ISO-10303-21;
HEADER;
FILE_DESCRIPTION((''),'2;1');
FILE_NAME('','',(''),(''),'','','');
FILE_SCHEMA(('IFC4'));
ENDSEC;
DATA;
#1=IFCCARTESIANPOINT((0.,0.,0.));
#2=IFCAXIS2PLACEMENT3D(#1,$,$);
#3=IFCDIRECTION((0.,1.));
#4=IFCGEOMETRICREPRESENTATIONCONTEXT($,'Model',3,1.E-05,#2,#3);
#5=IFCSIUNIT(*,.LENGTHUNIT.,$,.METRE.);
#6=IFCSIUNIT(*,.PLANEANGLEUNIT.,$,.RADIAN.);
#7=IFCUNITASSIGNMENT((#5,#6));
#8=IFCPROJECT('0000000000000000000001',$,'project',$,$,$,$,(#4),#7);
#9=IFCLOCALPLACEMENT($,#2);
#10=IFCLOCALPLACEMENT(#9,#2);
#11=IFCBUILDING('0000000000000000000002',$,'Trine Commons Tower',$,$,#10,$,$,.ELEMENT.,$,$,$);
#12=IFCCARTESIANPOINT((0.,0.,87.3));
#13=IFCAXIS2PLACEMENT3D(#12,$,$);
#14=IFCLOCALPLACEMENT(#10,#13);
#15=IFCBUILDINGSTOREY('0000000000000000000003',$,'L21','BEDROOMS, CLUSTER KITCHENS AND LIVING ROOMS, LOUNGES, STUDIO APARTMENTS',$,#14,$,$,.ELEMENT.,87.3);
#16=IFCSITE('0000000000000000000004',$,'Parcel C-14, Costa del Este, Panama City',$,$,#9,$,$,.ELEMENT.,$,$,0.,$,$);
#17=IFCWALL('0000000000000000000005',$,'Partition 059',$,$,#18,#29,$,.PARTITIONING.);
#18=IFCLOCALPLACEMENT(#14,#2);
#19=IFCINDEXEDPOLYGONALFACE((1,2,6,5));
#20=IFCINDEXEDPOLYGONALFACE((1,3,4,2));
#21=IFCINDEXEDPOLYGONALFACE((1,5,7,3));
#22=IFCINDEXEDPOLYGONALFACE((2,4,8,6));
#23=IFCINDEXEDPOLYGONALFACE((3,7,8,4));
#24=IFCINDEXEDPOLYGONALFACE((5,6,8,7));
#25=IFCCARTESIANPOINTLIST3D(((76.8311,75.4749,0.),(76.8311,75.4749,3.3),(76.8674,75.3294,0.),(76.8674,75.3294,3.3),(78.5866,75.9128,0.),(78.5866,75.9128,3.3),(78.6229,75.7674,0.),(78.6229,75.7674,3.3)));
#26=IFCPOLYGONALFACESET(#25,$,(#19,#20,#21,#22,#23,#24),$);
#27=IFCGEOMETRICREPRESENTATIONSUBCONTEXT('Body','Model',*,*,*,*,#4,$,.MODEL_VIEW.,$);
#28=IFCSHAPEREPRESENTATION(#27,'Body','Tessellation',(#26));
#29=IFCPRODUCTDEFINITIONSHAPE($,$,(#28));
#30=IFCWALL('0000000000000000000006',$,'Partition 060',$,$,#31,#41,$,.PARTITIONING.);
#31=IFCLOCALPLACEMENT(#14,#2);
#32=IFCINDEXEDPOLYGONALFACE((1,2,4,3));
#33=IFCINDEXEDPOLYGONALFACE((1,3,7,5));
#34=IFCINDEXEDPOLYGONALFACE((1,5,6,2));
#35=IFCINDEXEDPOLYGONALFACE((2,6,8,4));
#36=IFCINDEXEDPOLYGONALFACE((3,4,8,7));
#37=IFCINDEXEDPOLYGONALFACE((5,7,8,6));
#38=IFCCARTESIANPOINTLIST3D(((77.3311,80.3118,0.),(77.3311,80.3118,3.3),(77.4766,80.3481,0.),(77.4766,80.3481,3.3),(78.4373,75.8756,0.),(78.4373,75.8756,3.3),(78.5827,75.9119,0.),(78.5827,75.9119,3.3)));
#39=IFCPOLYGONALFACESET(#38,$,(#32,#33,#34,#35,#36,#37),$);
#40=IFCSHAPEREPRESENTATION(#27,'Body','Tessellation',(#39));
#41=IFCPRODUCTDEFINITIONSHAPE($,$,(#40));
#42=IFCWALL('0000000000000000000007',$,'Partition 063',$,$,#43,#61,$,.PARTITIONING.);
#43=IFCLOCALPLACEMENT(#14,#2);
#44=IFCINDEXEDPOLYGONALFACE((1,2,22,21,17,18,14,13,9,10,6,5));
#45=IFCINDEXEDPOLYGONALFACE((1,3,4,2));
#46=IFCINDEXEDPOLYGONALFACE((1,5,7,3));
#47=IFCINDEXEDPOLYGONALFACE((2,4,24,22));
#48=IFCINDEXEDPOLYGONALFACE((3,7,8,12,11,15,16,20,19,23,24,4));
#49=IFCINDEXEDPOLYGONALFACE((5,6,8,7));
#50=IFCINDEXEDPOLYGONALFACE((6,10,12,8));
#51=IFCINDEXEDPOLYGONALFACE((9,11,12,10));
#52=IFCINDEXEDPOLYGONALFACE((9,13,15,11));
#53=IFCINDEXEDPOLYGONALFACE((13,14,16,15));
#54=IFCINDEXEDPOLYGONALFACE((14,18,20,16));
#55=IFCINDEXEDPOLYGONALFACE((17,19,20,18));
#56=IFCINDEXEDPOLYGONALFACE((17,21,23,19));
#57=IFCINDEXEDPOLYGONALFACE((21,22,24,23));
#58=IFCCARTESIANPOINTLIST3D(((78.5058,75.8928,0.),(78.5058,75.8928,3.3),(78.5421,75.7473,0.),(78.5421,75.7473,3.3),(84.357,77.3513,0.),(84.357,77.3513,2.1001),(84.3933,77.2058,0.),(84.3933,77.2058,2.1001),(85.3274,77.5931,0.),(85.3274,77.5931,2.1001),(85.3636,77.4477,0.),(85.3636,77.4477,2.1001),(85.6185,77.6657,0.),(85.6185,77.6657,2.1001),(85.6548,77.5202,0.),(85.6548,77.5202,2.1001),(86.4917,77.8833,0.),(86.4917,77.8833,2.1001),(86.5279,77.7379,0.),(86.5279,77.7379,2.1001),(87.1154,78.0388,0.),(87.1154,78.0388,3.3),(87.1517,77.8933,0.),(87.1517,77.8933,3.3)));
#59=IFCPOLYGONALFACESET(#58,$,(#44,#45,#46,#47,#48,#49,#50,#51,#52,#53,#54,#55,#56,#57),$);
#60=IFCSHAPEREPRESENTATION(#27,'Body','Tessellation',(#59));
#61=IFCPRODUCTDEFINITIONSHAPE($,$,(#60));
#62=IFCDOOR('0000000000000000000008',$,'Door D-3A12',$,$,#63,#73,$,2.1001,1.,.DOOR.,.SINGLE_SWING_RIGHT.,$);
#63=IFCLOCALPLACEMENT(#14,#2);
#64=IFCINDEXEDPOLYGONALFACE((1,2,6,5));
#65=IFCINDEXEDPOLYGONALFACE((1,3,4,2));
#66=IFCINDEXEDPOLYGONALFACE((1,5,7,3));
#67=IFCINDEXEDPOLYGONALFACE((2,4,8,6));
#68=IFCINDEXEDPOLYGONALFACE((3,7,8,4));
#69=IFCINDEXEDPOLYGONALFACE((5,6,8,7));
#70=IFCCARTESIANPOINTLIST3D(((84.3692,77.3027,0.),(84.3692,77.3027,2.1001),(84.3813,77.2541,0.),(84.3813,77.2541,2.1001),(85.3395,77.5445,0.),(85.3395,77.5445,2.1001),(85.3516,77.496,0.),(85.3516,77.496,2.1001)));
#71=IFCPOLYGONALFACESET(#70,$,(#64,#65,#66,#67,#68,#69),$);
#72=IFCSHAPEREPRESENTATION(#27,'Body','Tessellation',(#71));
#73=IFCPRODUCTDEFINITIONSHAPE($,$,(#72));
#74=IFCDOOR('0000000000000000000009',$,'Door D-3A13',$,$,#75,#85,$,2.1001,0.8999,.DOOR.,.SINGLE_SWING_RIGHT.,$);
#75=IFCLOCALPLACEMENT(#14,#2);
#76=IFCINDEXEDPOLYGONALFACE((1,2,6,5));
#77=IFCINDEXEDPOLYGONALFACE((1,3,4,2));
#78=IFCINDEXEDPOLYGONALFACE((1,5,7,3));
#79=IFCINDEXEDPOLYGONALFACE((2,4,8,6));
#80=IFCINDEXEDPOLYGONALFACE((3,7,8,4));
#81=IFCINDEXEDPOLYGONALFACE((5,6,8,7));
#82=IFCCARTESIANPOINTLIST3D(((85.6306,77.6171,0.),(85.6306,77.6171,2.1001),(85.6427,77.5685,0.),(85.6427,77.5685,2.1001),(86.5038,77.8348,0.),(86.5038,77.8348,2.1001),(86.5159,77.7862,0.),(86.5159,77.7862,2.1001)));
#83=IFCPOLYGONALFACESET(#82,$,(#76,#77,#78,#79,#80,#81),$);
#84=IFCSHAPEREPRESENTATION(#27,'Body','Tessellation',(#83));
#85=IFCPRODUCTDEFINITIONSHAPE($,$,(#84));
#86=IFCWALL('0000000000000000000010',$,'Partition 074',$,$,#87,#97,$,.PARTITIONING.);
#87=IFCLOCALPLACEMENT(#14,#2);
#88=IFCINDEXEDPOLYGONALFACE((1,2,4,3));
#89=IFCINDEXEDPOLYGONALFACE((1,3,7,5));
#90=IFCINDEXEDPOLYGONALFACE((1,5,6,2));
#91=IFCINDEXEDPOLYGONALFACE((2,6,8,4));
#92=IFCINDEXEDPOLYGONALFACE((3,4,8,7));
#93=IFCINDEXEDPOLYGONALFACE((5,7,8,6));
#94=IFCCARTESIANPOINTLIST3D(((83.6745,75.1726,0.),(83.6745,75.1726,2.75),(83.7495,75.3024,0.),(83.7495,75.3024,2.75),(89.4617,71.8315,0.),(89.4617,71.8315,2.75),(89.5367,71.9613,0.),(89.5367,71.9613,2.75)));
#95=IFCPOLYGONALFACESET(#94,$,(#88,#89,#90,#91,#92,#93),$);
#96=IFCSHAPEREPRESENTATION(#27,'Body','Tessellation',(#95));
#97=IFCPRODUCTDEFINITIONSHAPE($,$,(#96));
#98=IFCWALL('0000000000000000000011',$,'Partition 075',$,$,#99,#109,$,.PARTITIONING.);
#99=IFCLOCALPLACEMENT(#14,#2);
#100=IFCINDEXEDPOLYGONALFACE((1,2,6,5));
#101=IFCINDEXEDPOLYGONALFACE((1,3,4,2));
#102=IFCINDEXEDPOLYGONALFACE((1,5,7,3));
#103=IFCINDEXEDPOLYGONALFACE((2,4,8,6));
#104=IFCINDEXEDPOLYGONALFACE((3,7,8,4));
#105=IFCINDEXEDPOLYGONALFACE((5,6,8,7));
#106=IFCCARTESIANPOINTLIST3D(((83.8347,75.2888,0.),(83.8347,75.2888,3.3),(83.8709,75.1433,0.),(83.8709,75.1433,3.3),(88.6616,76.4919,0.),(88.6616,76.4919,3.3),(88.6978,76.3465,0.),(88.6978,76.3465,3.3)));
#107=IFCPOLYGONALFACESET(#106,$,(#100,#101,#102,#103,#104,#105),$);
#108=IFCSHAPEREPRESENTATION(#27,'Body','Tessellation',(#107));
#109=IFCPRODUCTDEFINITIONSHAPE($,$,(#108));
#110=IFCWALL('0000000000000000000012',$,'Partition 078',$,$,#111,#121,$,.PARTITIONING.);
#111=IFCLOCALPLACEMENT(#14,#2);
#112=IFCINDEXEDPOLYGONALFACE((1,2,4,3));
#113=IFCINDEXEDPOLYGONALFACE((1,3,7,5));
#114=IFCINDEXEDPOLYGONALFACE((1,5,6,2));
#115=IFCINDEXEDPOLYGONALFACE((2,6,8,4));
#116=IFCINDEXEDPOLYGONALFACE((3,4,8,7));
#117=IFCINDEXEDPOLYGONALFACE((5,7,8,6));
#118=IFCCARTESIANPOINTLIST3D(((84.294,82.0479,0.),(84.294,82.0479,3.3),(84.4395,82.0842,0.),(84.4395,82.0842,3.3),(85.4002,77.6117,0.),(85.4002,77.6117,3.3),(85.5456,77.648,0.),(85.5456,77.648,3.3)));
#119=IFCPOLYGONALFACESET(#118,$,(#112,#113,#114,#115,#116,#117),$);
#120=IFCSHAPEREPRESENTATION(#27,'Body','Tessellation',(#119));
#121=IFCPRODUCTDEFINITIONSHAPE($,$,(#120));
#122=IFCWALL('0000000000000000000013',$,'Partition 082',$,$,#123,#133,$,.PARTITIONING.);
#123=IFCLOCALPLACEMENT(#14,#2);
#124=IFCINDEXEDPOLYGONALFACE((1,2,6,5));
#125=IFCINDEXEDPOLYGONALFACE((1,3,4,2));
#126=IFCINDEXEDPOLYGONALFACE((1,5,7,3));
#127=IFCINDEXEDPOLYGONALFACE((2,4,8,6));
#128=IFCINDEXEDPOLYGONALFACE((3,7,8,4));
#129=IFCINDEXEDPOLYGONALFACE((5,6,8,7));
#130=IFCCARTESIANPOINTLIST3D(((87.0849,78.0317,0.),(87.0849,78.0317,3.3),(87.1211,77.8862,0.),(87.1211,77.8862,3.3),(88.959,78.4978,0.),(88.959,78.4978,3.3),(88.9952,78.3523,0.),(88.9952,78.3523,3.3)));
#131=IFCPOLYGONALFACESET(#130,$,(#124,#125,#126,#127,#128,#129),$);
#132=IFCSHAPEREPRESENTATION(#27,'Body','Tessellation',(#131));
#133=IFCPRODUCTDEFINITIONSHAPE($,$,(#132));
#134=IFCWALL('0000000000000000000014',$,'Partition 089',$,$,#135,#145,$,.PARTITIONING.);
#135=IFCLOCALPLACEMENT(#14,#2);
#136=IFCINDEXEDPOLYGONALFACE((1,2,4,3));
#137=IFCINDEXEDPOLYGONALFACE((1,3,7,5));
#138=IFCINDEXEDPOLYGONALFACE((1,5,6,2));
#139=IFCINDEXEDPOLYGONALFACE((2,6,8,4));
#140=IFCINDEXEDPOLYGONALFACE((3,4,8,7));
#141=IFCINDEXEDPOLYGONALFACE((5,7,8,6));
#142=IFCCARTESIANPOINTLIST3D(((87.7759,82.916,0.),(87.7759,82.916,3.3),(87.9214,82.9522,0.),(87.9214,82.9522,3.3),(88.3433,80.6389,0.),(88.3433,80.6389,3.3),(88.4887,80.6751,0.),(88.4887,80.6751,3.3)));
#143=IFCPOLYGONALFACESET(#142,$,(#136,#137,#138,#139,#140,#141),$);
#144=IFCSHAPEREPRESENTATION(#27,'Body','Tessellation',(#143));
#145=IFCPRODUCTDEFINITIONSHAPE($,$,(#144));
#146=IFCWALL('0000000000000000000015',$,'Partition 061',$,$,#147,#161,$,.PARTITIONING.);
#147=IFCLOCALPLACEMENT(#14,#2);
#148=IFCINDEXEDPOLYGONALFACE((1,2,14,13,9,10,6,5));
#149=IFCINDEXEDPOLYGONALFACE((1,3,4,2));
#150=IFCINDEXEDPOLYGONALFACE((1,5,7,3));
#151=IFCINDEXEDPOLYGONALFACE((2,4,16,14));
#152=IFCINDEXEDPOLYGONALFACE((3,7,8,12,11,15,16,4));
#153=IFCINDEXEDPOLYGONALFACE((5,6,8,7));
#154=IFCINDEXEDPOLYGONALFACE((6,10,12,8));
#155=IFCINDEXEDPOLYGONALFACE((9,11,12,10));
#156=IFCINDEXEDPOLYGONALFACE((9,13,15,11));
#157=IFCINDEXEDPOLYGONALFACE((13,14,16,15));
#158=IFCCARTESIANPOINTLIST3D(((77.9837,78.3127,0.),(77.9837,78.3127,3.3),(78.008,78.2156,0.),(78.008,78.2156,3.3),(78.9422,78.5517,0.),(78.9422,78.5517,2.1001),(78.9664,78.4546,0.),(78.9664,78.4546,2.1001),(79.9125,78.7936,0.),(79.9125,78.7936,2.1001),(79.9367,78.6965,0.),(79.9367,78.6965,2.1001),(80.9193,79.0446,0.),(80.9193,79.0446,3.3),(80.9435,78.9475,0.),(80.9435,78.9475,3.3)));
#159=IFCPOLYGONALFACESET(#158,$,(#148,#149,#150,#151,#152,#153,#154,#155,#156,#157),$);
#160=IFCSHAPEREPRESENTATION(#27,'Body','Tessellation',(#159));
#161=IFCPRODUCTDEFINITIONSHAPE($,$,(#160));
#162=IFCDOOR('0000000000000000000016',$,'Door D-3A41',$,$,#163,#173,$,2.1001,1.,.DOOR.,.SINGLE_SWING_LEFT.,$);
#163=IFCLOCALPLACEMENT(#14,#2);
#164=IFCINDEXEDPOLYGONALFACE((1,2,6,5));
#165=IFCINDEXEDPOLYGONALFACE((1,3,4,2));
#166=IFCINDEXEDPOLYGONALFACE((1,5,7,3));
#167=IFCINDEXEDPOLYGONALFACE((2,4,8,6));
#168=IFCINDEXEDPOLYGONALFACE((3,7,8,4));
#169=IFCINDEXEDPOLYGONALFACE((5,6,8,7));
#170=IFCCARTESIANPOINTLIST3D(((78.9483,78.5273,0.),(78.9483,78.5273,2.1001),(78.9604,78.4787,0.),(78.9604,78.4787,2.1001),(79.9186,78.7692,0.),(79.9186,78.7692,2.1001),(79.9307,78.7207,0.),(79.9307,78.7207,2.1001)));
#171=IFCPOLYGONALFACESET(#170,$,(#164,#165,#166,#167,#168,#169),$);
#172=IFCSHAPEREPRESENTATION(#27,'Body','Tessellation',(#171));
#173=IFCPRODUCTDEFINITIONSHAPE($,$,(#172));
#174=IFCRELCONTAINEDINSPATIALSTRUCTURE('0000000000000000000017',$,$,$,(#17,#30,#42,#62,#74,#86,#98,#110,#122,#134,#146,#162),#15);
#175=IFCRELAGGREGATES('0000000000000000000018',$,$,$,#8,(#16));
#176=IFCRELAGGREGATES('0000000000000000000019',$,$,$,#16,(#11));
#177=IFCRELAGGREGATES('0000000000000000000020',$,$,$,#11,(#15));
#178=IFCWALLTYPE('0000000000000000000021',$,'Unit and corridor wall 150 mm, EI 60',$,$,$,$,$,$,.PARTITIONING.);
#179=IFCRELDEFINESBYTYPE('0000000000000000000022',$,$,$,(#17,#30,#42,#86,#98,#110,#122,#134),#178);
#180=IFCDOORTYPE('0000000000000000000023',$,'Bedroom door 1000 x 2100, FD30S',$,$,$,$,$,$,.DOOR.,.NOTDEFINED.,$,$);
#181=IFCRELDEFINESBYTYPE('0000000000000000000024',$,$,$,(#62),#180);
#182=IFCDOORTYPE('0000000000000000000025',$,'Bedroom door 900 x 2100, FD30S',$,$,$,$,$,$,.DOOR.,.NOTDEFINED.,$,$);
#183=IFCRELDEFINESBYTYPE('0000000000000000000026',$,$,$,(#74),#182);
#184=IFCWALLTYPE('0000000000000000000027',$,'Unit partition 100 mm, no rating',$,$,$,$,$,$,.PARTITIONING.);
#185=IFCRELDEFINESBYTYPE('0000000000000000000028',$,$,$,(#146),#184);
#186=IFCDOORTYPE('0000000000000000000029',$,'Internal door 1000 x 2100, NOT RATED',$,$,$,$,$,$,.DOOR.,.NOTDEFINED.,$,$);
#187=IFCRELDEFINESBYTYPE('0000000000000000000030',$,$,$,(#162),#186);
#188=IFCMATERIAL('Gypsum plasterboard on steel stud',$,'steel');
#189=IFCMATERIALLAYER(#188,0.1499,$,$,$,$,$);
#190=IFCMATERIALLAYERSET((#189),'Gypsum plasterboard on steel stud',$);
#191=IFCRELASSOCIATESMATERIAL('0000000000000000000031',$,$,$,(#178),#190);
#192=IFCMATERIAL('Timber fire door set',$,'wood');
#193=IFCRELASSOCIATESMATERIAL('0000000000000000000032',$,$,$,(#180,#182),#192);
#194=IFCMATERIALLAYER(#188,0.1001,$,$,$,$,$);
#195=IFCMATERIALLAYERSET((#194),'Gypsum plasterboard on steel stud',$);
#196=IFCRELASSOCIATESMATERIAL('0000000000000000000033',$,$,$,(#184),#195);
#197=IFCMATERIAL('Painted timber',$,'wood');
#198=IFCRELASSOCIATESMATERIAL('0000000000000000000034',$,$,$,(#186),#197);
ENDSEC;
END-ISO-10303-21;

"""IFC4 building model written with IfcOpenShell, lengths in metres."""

from ifc_helpers import new_model, si_unit, direction, frame, frame_2d, origin, place, context, subcontext, project, spatial, rectangle, extrude, material, layer, layer_set, type_object, element, fill, save


model = new_model("IFC4")

# Units and contexts
model_context = context("Model", 3, precision=1e-05, world=origin(), true_north=direction((0.0, 1.0)))
body_context = subcontext(model_context, "Body", "Model", "MODEL_VIEW")
ifc_project = project(units=[si_unit("LENGTHUNIT", "METRE"), si_unit("PLANEANGLEUNIT", "RADIAN")], contexts=[model_context])

# Site, building, storey
site_placement = place(None, origin())
site = spatial("IfcSite", under=ifc_project, at=site_placement, Name="Parcel C-14, Costa del Este, Panama City", CompositionType="ELEMENT", RefElevation=0.0)
building_placement = place(site_placement, origin())
building = spatial("IfcBuilding", under=site, at=building_placement, Name="Trine Commons Tower", CompositionType="ELEMENT")
storey_placement = place(building_placement, frame((0.0, 0.0, 87.3)))
storey = spatial("IfcBuildingStorey", under=building, at=storey_placement, Name="L21", Description="BEDROOMS, CLUSTER KITCHENS AND LIVING ROOMS, LOUNGES, STUDIO APARTMENTS", CompositionType="ELEMENT", Elevation=87.3)

# Walls
ifc_material_1 = material(Name="Gypsum plasterboard on steel stud", Category="steel")
ifc_layer_1 = layer(ifc_material_1, 0.1499)
ifc_layer_set_1 = layer_set([ifc_layer_1], Name="Gypsum plasterboard on steel stud")
wall_type_1 = type_object("IfcWallType", Name="Unit and corridor wall 150 mm, EI 60", PredefinedType="PARTITIONING", material=ifc_layer_set_1)
wall_1_placement = place(storey_placement, frame((76.8491, 75.4021, 0.0), z_axis=(0.0, 0.0, 1.0), x_axis=(0.970261, 0.242059, 0.0)))
element("IfcWall", 1, at=wall_1_placement, inside=storey, type_object=wall_type_1, Name="Partition 059", PredefinedType="PARTITIONING", context=body_context, shape_type="SweptSolid", body=[
    extrude(rectangle(XDim=1.8093, YDim=0.1499, at=frame_2d((0.9048, 0.0))), origin(), (0.0, 0.0, 1.0), 3.3),
])
wall_2_placement = place(storey_placement, frame((77.4038, 80.3301, 0.0), z_axis=(0.0, 0.0, 1.0), x_axis=(0.241945, -0.97029, 0.0)))
element("IfcWall", 2, at=wall_2_placement, inside=storey, type_object=wall_type_1, Name="Partition 060", PredefinedType="PARTITIONING", context=body_context, shape_type="SweptSolid", body=[
    extrude(rectangle(XDim=4.572, YDim=0.1499, at=frame_2d((2.2861, 0.0))), origin(), (0.0, 0.0, 1.0), 3.3),
])

# Wall, openings, doors
wall_3_placement = place(storey_placement, frame((78.5239, 75.8201, 0.0), z_axis=(0.0, 0.0, 1.0), x_axis=(0.970312, 0.241856, 0.0)))
wall_3 = element("IfcWall", 3, at=wall_3_placement, inside=storey, type_object=wall_type_1, Name="Partition 063", PredefinedType="PARTITIONING", context=body_context, shape_type="SweptSolid", body=[
    extrude(rectangle(XDim=8.873, YDim=0.1499, at=frame_2d((4.4365, 0.0))), origin(), (0.0, 0.0, 1.0), 3.3),
])
opening_1_placement = place(wall_3_placement, frame((6.0303, 0.0, 0.0)))
opening_1 = element("IfcOpeningElement", 4, at=opening_1_placement, cuts=wall_3, PredefinedType="OPENING", context=body_context, shape_type="SweptSolid", body=[
    extrude(rectangle(XDim=1.0, YDim=2.1001, at=frame_2d((0.5, 1.05))), frame((0.0, 0.085, 0.0), z_axis=(0.0, -1.0, 0.0), x_axis=(1.0, 0.0, 0.0)), (0.0, 0.0, 1.0), 0.1699),
])
opening_2_placement = place(wall_3_placement, frame((7.3303, 0.0, 0.0)))
opening_2 = element("IfcOpeningElement", 5, at=opening_2_placement, cuts=wall_3, PredefinedType="OPENING", context=body_context, shape_type="SweptSolid", body=[
    extrude(rectangle(XDim=0.8999, YDim=2.1001, at=frame_2d((0.45, 1.05))), frame((0.0, 0.085, 0.0), z_axis=(0.0, -1.0, 0.0), x_axis=(1.0, 0.0, 0.0)), (0.0, 0.0, 1.0), 0.1699),
])
ifc_material_2 = material(Name="Timber fire door set", Category="wood")
door_type_1 = type_object("IfcDoorType", Name="Bedroom door 1000 x 2100, FD30S", OperationType="NOTDEFINED", PredefinedType="DOOR", material=ifc_material_2)
door_1_placement = place(opening_1_placement, origin())
door_1 = element("IfcDoor", 6, at=door_1_placement, inside=storey, type_object=door_type_1, Name="Door D-3A12", OperationType="SINGLE_SWING_RIGHT", OverallHeight=2.1001, OverallWidth=1.0, PredefinedType="DOOR", context=body_context, shape_type="SweptSolid", body=[
    extrude(rectangle(XDim=1.0, YDim=2.1001, at=frame_2d((0.5, 1.05))), frame((0.0, 0.0249, 0.0), z_axis=(0.0, -1.0, 0.0), x_axis=(1.0, 0.0, 0.0)), (0.0, 0.0, 1.0), 0.05),
])
fill(opening_1, door_1)
door_type_2 = type_object("IfcDoorType", Name="Bedroom door 900 x 2100, FD30S", OperationType="NOTDEFINED", PredefinedType="DOOR", material=ifc_material_2)
door_2_placement = place(opening_2_placement, origin())
door_2 = element("IfcDoor", 7, at=door_2_placement, inside=storey, type_object=door_type_2, Name="Door D-3A13", OperationType="SINGLE_SWING_RIGHT", OverallHeight=2.1001, OverallWidth=0.8999, PredefinedType="DOOR", context=body_context, shape_type="SweptSolid", body=[
    extrude(rectangle(XDim=0.8999, YDim=2.1001, at=frame_2d((0.45, 1.05))), frame((0.0, 0.0249, 0.0), z_axis=(0.0, -1.0, 0.0), x_axis=(1.0, 0.0, 0.0)), (0.0, 0.0, 1.0), 0.05),
])
fill(opening_2, door_2)

# Walls
wall_4_placement = place(storey_placement, frame((83.7119, 75.2375, 0.0), z_axis=(0.0, 0.0, 1.0), x_axis=(0.866033, -0.499986, 0.0)))
element("IfcWall", 8, at=wall_4_placement, inside=storey, type_object=wall_type_1, Name="Partition 074", PredefinedType="PARTITIONING", context=body_context, shape_type="SweptSolid", body=[
    extrude(rectangle(XDim=6.6824, YDim=0.1499, at=frame_2d((3.3413, 0.0))), origin(), (0.0, 0.0, 1.0), 2.75),
])
wall_5_placement = place(storey_placement, frame((83.8528, 75.2161, 0.0), z_axis=(0.0, 0.0, 1.0), x_axis=(0.970313, 0.241854, 0.0)))
element("IfcWall", 9, at=wall_5_placement, inside=storey, type_object=wall_type_1, Name="Partition 075", PredefinedType="PARTITIONING", context=body_context, shape_type="SweptSolid", body=[
    extrude(rectangle(XDim=4.9746, YDim=0.1499, at=frame_2d((2.4873, 0.0))), origin(), (0.0, 0.0, 1.0), 3.3),
])
wall_6_placement = place(storey_placement, frame((84.3667, 82.0662, 0.0), z_axis=(0.0, 0.0, 1.0), x_axis=(0.241945, -0.97029, 0.0)))
element("IfcWall", 10, at=wall_6_placement, inside=storey, type_object=wall_type_1, Name="Partition 078", PredefinedType="PARTITIONING", context=body_context, shape_type="SweptSolid", body=[
    extrude(rectangle(XDim=4.572, YDim=0.1499, at=frame_2d((2.2861, 0.0))), origin(), (0.0, 0.0, 1.0), 3.3),
])
wall_7_placement = place(storey_placement, frame((87.103, 77.959, 0.0), z_axis=(0.0, 0.0, 1.0), x_axis=(0.970439, 0.241346, 0.0)))
element("IfcWall", 11, at=wall_7_placement, inside=storey, type_object=wall_type_1, Name="Partition 082", PredefinedType="PARTITIONING", context=body_context, shape_type="SweptSolid", body=[
    extrude(rectangle(XDim=1.9312, YDim=0.1499, at=frame_2d((0.9656, 0.0))), origin(), (0.0, 0.0, 1.0), 3.3),
])
wall_8_placement = place(storey_placement, frame((87.8486, 82.9341, 0.0), z_axis=(0.0, 0.0, 1.0), x_axis=(0.241777, -0.970332, 0.0)))
element("IfcWall", 12, at=wall_8_placement, inside=storey, type_object=wall_type_1, Name="Partition 089", PredefinedType="PARTITIONING", context=body_context, shape_type="SweptSolid", body=[
    extrude(rectangle(XDim=2.3467, YDim=0.1499, at=frame_2d((1.1733, 0.0))), origin(), (0.0, 0.0, 1.0), 3.3),
])

# Wall, opening, door
ifc_layer_2 = layer(ifc_material_1, 0.1001)
ifc_layer_set_2 = layer_set([ifc_layer_2], Name="Gypsum plasterboard on steel stud")
wall_type_2 = type_object("IfcWallType", Name="Unit partition 100 mm, no rating", PredefinedType="PARTITIONING", material=ifc_layer_set_2)
wall_9_placement = place(storey_placement, frame((77.9958, 78.2642, 0.0), z_axis=(0.0, 0.0, 1.0), x_axis=(0.970294, 0.241928, 0.0)))
wall_9 = element("IfcWall", 13, at=wall_9_placement, inside=storey, type_object=wall_type_2, Name="Partition 061", PredefinedType="PARTITIONING", context=body_context, shape_type="SweptSolid", body=[
    extrude(rectangle(XDim=3.0254, YDim=0.1001, at=frame_2d((1.5127, 0.0))), origin(), (0.0, 0.0, 1.0), 3.3),
])
opening_3_placement = place(wall_9_placement, frame((0.9878, 0.0, 0.0)))
opening_3 = element("IfcOpeningElement", 14, at=opening_3_placement, cuts=wall_9, PredefinedType="OPENING", context=body_context, shape_type="SweptSolid", body=[
    extrude(rectangle(XDim=1.0, YDim=2.1001, at=frame_2d((0.5, 1.05))), frame((0.0, 0.0601, 0.0), z_axis=(0.0, -1.0, 0.0), x_axis=(1.0, 0.0, 0.0)), (0.0, 0.0, 1.0), 0.1201),
])
ifc_material_3 = material(Name="Painted timber", Category="wood")
door_type_3 = type_object("IfcDoorType", Name="Internal door 1000 x 2100, NOT RATED", OperationType="NOTDEFINED", PredefinedType="DOOR", material=ifc_material_3)
door_3_placement = place(opening_3_placement, origin())
door_3 = element("IfcDoor", 15, at=door_3_placement, inside=storey, type_object=door_type_3, Name="Door D-3A41", OperationType="SINGLE_SWING_LEFT", OverallHeight=2.1001, OverallWidth=1.0, PredefinedType="DOOR", context=body_context, shape_type="SweptSolid", body=[
    extrude(rectangle(XDim=1.0, YDim=2.1001, at=frame_2d((0.5, 1.05))), frame((0.0, 0.0249, 0.0), z_axis=(0.0, -1.0, 0.0), x_axis=(1.0, 0.0, 0.0)), (0.0, 0.0, 1.0), 0.05),
])
fill(opening_3, door_3)

save(model, "model.ifc")
